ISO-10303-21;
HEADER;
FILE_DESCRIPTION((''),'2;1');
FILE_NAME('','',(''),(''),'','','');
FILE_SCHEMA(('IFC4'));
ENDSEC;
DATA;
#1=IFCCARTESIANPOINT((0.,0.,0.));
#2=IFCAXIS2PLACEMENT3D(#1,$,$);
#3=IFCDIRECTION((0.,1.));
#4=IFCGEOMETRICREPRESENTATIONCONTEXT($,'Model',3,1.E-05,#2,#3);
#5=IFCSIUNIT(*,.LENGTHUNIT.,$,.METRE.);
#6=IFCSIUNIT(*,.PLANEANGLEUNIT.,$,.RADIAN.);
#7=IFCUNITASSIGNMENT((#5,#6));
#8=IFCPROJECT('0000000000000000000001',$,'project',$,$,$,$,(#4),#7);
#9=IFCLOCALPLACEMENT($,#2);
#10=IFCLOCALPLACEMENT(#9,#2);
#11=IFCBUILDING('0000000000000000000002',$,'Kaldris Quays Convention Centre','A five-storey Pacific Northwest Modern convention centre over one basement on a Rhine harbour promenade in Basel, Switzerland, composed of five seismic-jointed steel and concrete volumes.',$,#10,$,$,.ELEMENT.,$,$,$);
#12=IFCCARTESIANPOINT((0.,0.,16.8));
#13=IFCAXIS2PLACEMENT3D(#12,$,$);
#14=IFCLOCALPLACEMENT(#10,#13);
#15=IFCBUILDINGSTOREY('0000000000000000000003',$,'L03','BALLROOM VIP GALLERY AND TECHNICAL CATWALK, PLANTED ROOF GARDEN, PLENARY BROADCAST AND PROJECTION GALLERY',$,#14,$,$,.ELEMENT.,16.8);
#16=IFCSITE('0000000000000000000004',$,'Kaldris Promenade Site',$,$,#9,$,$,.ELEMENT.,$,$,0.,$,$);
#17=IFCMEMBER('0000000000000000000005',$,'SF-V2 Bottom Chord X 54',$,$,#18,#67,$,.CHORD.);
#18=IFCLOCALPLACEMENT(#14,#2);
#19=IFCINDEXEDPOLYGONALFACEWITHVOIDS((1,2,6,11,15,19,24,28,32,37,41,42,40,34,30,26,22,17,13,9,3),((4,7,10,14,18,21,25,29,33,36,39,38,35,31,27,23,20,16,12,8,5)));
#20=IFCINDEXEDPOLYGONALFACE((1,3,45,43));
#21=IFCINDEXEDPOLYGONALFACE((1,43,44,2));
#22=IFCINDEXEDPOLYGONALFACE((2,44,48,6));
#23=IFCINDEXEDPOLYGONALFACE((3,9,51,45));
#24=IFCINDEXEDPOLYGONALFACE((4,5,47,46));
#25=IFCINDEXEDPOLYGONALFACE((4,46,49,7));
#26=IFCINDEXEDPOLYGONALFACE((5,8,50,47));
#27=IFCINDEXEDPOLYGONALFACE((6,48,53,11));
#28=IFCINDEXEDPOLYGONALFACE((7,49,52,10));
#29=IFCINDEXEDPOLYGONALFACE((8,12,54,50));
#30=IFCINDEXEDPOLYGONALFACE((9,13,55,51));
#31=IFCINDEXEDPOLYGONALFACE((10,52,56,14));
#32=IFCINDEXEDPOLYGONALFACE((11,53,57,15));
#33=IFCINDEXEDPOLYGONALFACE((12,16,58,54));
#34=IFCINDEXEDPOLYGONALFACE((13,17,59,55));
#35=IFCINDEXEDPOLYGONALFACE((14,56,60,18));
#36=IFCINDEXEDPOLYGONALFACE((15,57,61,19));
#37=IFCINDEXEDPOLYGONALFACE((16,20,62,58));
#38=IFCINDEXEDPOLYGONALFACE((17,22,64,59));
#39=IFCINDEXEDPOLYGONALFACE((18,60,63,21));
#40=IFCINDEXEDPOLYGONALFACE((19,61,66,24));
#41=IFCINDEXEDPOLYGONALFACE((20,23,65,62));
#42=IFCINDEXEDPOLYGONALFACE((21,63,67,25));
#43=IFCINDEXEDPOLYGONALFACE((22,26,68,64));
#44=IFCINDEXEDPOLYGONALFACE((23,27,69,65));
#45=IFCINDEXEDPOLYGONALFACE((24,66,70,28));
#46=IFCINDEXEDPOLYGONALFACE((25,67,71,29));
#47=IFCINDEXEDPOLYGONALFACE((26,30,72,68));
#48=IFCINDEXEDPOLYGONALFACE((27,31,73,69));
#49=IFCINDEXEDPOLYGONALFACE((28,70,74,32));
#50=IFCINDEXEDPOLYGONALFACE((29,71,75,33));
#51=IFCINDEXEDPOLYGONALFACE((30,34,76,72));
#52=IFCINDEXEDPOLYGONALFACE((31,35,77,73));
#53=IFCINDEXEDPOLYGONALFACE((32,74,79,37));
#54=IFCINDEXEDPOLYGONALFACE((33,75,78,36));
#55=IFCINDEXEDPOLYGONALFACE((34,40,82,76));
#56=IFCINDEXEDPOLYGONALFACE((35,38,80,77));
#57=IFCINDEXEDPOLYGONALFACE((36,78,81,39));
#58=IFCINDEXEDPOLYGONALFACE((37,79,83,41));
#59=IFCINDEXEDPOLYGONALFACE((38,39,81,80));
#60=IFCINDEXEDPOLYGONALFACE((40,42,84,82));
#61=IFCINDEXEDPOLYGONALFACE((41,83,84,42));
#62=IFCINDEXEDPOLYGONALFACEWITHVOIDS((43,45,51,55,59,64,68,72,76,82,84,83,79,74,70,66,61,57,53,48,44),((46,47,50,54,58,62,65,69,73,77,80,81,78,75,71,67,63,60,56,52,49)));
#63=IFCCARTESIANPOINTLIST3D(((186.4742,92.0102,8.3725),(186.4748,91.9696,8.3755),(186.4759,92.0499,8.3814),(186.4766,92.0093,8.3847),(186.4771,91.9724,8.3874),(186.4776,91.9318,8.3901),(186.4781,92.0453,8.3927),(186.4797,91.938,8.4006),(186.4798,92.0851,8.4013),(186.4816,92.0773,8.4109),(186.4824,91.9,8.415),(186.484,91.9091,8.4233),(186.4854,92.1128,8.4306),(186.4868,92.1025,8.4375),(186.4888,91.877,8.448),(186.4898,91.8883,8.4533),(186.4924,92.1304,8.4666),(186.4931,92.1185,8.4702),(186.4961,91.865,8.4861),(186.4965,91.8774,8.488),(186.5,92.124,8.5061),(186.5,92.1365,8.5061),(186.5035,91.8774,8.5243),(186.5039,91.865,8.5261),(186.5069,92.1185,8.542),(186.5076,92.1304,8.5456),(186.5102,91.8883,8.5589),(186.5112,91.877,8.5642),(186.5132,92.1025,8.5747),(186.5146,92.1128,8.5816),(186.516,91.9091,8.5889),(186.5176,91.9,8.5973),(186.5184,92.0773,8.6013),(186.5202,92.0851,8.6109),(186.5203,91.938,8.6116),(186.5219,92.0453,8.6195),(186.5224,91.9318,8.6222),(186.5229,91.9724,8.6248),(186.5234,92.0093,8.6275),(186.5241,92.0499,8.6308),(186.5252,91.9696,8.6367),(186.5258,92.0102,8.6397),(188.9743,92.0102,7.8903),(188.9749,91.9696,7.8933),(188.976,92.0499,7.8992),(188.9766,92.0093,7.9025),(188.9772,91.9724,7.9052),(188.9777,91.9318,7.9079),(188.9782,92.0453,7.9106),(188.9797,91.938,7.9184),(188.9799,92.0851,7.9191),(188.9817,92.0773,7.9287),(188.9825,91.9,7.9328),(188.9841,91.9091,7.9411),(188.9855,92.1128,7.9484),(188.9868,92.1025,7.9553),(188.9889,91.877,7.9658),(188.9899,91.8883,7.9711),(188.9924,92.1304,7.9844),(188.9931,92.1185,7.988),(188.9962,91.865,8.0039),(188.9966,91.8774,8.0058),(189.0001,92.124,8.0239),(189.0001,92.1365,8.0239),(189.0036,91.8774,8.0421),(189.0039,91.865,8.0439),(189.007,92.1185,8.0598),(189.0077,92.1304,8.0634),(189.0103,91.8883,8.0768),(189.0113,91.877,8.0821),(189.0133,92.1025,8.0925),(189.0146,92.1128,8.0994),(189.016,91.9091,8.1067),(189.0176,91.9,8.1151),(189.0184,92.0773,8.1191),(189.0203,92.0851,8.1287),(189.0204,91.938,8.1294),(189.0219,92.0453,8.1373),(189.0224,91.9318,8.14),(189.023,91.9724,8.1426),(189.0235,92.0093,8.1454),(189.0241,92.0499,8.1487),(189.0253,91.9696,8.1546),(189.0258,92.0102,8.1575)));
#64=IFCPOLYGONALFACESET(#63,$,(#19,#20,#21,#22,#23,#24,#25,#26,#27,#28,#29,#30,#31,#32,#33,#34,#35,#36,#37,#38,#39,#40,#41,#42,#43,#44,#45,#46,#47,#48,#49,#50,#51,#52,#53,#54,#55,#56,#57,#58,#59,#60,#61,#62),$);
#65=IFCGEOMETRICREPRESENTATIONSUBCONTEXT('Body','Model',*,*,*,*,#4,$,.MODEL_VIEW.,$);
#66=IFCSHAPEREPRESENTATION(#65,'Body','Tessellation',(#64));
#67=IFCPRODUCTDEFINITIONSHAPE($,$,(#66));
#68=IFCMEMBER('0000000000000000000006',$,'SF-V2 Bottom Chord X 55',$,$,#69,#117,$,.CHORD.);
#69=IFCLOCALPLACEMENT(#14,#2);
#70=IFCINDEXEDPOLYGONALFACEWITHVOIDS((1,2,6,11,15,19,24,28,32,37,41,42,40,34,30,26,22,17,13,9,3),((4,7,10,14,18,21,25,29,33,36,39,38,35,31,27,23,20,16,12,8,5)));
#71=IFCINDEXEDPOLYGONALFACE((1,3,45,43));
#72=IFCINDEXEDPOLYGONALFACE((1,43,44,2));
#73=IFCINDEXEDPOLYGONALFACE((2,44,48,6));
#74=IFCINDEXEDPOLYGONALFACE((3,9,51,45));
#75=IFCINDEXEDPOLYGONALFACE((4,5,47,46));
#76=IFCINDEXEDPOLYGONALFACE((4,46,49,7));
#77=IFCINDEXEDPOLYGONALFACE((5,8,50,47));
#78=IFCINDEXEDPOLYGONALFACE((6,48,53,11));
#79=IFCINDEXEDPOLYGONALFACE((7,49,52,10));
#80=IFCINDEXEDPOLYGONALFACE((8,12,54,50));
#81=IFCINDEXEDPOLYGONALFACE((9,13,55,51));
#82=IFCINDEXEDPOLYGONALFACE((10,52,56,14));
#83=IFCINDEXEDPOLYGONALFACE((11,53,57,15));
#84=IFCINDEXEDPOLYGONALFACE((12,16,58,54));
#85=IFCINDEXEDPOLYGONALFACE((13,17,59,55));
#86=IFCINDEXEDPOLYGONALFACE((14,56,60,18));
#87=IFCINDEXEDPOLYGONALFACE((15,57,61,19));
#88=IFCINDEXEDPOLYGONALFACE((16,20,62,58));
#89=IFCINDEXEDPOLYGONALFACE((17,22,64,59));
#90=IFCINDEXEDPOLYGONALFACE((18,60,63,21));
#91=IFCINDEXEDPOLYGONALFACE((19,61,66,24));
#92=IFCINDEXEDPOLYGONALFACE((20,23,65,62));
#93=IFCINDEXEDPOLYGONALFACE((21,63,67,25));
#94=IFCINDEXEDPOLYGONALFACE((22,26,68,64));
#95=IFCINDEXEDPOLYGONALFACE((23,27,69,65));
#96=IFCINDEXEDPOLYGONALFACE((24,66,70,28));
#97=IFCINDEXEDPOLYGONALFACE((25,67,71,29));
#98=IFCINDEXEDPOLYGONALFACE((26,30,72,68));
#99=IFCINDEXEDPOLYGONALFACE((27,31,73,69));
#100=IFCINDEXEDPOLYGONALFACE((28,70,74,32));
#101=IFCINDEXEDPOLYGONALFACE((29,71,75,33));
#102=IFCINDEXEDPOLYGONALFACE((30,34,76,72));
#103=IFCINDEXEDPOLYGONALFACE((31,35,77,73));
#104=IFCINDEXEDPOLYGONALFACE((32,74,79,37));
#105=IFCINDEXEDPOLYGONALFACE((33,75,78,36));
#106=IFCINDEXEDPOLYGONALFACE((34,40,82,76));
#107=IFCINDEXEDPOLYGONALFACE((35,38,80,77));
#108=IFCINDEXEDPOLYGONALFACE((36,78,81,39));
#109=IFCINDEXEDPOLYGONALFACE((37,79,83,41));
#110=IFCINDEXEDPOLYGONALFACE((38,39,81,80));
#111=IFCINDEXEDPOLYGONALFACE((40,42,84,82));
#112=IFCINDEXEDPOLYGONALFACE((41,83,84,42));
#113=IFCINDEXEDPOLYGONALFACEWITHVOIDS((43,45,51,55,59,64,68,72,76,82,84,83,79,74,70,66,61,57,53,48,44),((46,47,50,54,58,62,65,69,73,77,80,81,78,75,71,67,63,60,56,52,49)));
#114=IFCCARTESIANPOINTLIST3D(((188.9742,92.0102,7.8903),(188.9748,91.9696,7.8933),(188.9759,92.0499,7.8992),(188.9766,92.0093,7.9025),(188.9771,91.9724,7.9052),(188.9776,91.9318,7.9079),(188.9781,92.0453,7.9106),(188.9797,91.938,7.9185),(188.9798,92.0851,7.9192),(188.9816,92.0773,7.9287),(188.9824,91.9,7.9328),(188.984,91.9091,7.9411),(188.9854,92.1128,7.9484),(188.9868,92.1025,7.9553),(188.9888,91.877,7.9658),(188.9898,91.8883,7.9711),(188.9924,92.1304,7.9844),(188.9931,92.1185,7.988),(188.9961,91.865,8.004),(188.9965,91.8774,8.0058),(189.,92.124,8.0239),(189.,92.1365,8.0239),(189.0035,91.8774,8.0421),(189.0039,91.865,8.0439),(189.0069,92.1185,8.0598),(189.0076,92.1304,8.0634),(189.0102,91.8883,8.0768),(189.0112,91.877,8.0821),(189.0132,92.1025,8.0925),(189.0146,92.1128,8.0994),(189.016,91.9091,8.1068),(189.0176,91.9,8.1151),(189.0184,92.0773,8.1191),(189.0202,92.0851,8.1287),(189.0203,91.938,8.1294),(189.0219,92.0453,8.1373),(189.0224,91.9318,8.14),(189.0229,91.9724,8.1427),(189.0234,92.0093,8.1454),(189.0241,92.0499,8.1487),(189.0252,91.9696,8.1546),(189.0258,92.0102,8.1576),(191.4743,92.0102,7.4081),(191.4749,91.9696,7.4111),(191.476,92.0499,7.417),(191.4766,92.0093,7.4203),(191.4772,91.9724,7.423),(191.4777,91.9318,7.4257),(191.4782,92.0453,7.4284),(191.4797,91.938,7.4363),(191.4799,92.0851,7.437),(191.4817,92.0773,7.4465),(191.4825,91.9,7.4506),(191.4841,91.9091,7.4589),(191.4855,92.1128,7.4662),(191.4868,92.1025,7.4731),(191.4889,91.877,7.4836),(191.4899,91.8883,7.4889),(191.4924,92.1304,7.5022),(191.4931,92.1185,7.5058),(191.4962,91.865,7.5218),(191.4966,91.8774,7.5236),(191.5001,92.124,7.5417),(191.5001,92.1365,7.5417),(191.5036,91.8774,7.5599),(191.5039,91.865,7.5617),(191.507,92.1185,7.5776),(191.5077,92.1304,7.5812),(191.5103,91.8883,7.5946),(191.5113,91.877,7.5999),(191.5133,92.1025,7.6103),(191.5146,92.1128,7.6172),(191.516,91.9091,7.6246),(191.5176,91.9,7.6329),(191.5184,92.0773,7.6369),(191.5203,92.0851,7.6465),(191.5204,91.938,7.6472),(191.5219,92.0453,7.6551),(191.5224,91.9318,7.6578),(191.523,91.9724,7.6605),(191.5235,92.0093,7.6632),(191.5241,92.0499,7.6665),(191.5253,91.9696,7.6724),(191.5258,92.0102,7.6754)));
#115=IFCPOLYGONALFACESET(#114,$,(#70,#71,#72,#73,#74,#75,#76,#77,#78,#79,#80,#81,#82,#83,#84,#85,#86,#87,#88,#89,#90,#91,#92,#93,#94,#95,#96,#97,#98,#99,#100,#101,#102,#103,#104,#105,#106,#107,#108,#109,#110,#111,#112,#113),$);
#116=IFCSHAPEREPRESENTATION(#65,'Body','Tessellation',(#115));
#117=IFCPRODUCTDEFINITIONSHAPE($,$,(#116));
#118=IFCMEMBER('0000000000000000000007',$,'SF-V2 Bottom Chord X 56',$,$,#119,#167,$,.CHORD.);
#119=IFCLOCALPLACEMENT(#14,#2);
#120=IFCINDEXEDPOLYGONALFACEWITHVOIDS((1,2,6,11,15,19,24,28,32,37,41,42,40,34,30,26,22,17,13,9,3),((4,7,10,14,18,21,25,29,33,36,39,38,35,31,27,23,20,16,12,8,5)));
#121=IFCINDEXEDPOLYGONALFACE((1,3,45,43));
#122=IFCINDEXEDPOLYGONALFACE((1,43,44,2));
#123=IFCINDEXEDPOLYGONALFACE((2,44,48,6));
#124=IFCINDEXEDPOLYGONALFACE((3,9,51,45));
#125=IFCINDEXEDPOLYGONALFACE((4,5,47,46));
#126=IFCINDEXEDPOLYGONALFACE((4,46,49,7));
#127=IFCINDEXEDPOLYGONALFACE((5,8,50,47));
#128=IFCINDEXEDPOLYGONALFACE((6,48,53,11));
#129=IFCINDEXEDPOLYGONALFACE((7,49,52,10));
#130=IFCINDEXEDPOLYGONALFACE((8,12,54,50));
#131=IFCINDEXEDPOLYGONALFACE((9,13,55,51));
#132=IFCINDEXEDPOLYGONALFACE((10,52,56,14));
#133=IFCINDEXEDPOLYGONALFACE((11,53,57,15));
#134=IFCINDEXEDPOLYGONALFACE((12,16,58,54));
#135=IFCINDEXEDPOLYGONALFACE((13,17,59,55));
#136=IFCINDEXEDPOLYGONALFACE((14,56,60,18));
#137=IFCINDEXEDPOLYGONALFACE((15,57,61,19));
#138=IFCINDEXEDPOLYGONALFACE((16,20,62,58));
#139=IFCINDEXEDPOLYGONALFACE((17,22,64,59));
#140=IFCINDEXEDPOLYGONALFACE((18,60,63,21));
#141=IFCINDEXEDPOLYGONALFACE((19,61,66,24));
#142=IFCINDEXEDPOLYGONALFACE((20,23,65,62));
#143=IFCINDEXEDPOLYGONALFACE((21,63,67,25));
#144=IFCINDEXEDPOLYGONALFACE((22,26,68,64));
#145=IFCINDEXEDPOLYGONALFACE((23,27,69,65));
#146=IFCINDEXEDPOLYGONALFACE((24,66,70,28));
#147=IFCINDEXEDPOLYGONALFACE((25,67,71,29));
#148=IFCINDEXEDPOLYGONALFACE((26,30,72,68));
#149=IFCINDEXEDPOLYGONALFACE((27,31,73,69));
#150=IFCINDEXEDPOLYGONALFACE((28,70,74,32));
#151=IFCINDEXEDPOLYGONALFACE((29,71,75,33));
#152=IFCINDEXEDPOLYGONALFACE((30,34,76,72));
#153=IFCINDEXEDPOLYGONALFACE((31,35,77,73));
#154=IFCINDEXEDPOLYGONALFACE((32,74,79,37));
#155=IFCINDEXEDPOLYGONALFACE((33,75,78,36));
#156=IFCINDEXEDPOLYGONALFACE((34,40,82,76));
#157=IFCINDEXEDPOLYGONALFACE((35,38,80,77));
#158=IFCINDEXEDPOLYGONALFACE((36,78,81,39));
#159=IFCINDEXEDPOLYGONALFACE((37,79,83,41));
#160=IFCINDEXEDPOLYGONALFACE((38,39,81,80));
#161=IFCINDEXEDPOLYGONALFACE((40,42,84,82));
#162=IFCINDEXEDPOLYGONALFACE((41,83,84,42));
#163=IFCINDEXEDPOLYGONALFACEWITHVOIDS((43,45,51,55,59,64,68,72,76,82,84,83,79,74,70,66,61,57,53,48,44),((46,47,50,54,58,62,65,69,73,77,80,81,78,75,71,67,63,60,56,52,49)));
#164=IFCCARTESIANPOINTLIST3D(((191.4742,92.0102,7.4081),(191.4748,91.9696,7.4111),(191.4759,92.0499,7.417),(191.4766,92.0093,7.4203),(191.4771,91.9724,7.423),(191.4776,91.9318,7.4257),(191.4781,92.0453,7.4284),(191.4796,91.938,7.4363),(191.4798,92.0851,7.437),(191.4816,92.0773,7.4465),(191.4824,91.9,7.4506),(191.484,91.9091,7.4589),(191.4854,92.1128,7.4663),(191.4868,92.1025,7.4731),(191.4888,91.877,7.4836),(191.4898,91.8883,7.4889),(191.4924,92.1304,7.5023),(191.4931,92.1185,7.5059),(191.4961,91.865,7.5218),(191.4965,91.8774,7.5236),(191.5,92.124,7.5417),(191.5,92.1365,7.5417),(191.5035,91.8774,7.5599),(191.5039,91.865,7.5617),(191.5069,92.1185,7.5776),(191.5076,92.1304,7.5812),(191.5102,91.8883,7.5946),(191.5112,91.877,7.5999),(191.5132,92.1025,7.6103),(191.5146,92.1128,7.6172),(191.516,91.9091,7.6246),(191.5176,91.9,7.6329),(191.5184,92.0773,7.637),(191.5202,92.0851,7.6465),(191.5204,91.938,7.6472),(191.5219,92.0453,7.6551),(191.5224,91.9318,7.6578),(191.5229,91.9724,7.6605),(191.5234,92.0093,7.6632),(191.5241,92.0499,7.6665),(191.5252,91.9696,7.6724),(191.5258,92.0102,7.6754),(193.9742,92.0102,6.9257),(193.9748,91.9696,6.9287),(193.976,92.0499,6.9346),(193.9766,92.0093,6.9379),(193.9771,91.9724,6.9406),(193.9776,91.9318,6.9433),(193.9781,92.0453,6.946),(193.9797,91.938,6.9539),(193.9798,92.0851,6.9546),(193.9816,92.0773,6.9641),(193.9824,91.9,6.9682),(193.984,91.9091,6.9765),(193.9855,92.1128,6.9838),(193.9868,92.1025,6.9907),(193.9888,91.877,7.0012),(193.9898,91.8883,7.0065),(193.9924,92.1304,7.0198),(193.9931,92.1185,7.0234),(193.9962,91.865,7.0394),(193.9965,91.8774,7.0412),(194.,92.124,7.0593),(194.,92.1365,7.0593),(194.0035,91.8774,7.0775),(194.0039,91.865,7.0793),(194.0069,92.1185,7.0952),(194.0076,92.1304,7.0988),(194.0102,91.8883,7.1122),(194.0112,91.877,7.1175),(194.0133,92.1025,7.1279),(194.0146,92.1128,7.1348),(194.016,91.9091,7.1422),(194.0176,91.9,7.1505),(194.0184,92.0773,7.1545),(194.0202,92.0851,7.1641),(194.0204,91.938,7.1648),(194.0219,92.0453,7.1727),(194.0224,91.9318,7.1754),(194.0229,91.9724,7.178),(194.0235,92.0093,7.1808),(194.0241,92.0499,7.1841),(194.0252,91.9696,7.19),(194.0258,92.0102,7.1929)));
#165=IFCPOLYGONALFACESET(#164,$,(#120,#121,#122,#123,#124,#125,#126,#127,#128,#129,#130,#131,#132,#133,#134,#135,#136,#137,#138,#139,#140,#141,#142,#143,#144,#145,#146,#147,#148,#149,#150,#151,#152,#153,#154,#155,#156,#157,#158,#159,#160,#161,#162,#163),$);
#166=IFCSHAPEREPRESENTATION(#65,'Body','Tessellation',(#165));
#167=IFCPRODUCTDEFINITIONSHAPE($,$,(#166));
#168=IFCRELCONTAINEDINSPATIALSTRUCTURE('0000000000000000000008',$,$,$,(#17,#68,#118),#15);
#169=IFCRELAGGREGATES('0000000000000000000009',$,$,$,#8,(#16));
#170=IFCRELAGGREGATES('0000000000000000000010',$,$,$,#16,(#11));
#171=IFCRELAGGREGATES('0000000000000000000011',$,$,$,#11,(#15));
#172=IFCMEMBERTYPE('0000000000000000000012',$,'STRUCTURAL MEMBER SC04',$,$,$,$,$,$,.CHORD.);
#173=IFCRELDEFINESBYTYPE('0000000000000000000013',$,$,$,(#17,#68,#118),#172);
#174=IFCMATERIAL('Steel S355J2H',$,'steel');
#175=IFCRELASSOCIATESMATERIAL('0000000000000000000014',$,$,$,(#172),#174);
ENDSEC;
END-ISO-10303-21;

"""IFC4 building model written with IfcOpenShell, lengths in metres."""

from ifc_helpers import new_model, si_unit, direction, frame, origin, origin_2d, place, context, subcontext, project, spatial, hollow_circle, extrude, material, material_profile, profile_set, type_object, element, save


model = new_model("IFC4")

# Units and contexts
model_context = context("Model", 3, precision=1e-05, world=origin(), true_north=direction((0.0, 1.0)))
body_context = subcontext(model_context, "Body", "Model", "MODEL_VIEW")
ifc_project = project(units=[si_unit("LENGTHUNIT", "METRE"), si_unit("PLANEANGLEUNIT", "RADIAN")], contexts=[model_context])

# Site, building, storey
site_placement = place(None, origin())
site = spatial("IfcSite", under=ifc_project, at=site_placement, Name="Kaldris Promenade Site", CompositionType="ELEMENT", RefElevation=0.0)
building_placement = place(site_placement, origin())
building = spatial("IfcBuilding", under=site, at=building_placement, Name="Kaldris Quays Convention Centre", Description="A five-storey Pacific Northwest Modern convention centre over one basement on a Rhine harbour promenade in Basel, Switzerland, composed of five seismic-jointed steel and concrete volumes.", CompositionType="ELEMENT")
storey_placement = place(building_placement, frame((0.0, 0.0, 16.8)))
storey = spatial("IfcBuildingStorey", under=building, at=storey_placement, Name="L03", Description="BALLROOM VIP GALLERY AND TECHNICAL CATWALK, PLANTED ROOF GARDEN, PLENARY BROADCAST AND PROJECTION GALLERY", CompositionType="ELEMENT", Elevation=16.8)

# Members
ifc_material_1 = material(Name="Steel S355J2H", Category="steel")
ifc_material_profile_1 = material_profile(ifc_material_1, hollow_circle(Radius=0.1365, WallThickness=0.0125, at=origin_2d()), Name="CHS 273x12.5")
ifc_profile_set_1 = profile_set([ifc_material_profile_1], Name="Steel S355J2H")
member_type_1 = type_object("IfcMemberType", Name="STRUCTURAL MEMBER SC04", PredefinedType="CHORD", material=ifc_profile_set_1)
for number, where, z_axis, x_axis, name in (
    (1, (186.5, 92.0, 8.5061), (0.981904, 0.0, -0.189381), (0.0, 1.0, 0.0), "SF-V2 Bottom Chord X 54"),
    (2, (189.0, 92.0, 8.0239), (0.981904, 0.0, -0.189381), (0.0, 1.0, 0.0), "SF-V2 Bottom Chord X 55"),
    (3, (191.5, 92.0, 7.5417), (0.981886, 0.0, -0.189473), (0.0, 1.0, 0.0), "SF-V2 Bottom Chord X 56"),
):
    element("IfcMember", number, at=place(storey_placement, frame(where, z_axis=z_axis, x_axis=x_axis)), inside=storey, type_object=member_type_1, Name=name, PredefinedType="CHORD", context=body_context, shape_type="SweptSolid", body=[
        extrude(hollow_circle(Radius=0.1365, WallThickness=0.0125, at=origin_2d()), origin(), (0.0, 0.0, 1.0), 2.5461),
    ])

save(model, "model.ifc")
